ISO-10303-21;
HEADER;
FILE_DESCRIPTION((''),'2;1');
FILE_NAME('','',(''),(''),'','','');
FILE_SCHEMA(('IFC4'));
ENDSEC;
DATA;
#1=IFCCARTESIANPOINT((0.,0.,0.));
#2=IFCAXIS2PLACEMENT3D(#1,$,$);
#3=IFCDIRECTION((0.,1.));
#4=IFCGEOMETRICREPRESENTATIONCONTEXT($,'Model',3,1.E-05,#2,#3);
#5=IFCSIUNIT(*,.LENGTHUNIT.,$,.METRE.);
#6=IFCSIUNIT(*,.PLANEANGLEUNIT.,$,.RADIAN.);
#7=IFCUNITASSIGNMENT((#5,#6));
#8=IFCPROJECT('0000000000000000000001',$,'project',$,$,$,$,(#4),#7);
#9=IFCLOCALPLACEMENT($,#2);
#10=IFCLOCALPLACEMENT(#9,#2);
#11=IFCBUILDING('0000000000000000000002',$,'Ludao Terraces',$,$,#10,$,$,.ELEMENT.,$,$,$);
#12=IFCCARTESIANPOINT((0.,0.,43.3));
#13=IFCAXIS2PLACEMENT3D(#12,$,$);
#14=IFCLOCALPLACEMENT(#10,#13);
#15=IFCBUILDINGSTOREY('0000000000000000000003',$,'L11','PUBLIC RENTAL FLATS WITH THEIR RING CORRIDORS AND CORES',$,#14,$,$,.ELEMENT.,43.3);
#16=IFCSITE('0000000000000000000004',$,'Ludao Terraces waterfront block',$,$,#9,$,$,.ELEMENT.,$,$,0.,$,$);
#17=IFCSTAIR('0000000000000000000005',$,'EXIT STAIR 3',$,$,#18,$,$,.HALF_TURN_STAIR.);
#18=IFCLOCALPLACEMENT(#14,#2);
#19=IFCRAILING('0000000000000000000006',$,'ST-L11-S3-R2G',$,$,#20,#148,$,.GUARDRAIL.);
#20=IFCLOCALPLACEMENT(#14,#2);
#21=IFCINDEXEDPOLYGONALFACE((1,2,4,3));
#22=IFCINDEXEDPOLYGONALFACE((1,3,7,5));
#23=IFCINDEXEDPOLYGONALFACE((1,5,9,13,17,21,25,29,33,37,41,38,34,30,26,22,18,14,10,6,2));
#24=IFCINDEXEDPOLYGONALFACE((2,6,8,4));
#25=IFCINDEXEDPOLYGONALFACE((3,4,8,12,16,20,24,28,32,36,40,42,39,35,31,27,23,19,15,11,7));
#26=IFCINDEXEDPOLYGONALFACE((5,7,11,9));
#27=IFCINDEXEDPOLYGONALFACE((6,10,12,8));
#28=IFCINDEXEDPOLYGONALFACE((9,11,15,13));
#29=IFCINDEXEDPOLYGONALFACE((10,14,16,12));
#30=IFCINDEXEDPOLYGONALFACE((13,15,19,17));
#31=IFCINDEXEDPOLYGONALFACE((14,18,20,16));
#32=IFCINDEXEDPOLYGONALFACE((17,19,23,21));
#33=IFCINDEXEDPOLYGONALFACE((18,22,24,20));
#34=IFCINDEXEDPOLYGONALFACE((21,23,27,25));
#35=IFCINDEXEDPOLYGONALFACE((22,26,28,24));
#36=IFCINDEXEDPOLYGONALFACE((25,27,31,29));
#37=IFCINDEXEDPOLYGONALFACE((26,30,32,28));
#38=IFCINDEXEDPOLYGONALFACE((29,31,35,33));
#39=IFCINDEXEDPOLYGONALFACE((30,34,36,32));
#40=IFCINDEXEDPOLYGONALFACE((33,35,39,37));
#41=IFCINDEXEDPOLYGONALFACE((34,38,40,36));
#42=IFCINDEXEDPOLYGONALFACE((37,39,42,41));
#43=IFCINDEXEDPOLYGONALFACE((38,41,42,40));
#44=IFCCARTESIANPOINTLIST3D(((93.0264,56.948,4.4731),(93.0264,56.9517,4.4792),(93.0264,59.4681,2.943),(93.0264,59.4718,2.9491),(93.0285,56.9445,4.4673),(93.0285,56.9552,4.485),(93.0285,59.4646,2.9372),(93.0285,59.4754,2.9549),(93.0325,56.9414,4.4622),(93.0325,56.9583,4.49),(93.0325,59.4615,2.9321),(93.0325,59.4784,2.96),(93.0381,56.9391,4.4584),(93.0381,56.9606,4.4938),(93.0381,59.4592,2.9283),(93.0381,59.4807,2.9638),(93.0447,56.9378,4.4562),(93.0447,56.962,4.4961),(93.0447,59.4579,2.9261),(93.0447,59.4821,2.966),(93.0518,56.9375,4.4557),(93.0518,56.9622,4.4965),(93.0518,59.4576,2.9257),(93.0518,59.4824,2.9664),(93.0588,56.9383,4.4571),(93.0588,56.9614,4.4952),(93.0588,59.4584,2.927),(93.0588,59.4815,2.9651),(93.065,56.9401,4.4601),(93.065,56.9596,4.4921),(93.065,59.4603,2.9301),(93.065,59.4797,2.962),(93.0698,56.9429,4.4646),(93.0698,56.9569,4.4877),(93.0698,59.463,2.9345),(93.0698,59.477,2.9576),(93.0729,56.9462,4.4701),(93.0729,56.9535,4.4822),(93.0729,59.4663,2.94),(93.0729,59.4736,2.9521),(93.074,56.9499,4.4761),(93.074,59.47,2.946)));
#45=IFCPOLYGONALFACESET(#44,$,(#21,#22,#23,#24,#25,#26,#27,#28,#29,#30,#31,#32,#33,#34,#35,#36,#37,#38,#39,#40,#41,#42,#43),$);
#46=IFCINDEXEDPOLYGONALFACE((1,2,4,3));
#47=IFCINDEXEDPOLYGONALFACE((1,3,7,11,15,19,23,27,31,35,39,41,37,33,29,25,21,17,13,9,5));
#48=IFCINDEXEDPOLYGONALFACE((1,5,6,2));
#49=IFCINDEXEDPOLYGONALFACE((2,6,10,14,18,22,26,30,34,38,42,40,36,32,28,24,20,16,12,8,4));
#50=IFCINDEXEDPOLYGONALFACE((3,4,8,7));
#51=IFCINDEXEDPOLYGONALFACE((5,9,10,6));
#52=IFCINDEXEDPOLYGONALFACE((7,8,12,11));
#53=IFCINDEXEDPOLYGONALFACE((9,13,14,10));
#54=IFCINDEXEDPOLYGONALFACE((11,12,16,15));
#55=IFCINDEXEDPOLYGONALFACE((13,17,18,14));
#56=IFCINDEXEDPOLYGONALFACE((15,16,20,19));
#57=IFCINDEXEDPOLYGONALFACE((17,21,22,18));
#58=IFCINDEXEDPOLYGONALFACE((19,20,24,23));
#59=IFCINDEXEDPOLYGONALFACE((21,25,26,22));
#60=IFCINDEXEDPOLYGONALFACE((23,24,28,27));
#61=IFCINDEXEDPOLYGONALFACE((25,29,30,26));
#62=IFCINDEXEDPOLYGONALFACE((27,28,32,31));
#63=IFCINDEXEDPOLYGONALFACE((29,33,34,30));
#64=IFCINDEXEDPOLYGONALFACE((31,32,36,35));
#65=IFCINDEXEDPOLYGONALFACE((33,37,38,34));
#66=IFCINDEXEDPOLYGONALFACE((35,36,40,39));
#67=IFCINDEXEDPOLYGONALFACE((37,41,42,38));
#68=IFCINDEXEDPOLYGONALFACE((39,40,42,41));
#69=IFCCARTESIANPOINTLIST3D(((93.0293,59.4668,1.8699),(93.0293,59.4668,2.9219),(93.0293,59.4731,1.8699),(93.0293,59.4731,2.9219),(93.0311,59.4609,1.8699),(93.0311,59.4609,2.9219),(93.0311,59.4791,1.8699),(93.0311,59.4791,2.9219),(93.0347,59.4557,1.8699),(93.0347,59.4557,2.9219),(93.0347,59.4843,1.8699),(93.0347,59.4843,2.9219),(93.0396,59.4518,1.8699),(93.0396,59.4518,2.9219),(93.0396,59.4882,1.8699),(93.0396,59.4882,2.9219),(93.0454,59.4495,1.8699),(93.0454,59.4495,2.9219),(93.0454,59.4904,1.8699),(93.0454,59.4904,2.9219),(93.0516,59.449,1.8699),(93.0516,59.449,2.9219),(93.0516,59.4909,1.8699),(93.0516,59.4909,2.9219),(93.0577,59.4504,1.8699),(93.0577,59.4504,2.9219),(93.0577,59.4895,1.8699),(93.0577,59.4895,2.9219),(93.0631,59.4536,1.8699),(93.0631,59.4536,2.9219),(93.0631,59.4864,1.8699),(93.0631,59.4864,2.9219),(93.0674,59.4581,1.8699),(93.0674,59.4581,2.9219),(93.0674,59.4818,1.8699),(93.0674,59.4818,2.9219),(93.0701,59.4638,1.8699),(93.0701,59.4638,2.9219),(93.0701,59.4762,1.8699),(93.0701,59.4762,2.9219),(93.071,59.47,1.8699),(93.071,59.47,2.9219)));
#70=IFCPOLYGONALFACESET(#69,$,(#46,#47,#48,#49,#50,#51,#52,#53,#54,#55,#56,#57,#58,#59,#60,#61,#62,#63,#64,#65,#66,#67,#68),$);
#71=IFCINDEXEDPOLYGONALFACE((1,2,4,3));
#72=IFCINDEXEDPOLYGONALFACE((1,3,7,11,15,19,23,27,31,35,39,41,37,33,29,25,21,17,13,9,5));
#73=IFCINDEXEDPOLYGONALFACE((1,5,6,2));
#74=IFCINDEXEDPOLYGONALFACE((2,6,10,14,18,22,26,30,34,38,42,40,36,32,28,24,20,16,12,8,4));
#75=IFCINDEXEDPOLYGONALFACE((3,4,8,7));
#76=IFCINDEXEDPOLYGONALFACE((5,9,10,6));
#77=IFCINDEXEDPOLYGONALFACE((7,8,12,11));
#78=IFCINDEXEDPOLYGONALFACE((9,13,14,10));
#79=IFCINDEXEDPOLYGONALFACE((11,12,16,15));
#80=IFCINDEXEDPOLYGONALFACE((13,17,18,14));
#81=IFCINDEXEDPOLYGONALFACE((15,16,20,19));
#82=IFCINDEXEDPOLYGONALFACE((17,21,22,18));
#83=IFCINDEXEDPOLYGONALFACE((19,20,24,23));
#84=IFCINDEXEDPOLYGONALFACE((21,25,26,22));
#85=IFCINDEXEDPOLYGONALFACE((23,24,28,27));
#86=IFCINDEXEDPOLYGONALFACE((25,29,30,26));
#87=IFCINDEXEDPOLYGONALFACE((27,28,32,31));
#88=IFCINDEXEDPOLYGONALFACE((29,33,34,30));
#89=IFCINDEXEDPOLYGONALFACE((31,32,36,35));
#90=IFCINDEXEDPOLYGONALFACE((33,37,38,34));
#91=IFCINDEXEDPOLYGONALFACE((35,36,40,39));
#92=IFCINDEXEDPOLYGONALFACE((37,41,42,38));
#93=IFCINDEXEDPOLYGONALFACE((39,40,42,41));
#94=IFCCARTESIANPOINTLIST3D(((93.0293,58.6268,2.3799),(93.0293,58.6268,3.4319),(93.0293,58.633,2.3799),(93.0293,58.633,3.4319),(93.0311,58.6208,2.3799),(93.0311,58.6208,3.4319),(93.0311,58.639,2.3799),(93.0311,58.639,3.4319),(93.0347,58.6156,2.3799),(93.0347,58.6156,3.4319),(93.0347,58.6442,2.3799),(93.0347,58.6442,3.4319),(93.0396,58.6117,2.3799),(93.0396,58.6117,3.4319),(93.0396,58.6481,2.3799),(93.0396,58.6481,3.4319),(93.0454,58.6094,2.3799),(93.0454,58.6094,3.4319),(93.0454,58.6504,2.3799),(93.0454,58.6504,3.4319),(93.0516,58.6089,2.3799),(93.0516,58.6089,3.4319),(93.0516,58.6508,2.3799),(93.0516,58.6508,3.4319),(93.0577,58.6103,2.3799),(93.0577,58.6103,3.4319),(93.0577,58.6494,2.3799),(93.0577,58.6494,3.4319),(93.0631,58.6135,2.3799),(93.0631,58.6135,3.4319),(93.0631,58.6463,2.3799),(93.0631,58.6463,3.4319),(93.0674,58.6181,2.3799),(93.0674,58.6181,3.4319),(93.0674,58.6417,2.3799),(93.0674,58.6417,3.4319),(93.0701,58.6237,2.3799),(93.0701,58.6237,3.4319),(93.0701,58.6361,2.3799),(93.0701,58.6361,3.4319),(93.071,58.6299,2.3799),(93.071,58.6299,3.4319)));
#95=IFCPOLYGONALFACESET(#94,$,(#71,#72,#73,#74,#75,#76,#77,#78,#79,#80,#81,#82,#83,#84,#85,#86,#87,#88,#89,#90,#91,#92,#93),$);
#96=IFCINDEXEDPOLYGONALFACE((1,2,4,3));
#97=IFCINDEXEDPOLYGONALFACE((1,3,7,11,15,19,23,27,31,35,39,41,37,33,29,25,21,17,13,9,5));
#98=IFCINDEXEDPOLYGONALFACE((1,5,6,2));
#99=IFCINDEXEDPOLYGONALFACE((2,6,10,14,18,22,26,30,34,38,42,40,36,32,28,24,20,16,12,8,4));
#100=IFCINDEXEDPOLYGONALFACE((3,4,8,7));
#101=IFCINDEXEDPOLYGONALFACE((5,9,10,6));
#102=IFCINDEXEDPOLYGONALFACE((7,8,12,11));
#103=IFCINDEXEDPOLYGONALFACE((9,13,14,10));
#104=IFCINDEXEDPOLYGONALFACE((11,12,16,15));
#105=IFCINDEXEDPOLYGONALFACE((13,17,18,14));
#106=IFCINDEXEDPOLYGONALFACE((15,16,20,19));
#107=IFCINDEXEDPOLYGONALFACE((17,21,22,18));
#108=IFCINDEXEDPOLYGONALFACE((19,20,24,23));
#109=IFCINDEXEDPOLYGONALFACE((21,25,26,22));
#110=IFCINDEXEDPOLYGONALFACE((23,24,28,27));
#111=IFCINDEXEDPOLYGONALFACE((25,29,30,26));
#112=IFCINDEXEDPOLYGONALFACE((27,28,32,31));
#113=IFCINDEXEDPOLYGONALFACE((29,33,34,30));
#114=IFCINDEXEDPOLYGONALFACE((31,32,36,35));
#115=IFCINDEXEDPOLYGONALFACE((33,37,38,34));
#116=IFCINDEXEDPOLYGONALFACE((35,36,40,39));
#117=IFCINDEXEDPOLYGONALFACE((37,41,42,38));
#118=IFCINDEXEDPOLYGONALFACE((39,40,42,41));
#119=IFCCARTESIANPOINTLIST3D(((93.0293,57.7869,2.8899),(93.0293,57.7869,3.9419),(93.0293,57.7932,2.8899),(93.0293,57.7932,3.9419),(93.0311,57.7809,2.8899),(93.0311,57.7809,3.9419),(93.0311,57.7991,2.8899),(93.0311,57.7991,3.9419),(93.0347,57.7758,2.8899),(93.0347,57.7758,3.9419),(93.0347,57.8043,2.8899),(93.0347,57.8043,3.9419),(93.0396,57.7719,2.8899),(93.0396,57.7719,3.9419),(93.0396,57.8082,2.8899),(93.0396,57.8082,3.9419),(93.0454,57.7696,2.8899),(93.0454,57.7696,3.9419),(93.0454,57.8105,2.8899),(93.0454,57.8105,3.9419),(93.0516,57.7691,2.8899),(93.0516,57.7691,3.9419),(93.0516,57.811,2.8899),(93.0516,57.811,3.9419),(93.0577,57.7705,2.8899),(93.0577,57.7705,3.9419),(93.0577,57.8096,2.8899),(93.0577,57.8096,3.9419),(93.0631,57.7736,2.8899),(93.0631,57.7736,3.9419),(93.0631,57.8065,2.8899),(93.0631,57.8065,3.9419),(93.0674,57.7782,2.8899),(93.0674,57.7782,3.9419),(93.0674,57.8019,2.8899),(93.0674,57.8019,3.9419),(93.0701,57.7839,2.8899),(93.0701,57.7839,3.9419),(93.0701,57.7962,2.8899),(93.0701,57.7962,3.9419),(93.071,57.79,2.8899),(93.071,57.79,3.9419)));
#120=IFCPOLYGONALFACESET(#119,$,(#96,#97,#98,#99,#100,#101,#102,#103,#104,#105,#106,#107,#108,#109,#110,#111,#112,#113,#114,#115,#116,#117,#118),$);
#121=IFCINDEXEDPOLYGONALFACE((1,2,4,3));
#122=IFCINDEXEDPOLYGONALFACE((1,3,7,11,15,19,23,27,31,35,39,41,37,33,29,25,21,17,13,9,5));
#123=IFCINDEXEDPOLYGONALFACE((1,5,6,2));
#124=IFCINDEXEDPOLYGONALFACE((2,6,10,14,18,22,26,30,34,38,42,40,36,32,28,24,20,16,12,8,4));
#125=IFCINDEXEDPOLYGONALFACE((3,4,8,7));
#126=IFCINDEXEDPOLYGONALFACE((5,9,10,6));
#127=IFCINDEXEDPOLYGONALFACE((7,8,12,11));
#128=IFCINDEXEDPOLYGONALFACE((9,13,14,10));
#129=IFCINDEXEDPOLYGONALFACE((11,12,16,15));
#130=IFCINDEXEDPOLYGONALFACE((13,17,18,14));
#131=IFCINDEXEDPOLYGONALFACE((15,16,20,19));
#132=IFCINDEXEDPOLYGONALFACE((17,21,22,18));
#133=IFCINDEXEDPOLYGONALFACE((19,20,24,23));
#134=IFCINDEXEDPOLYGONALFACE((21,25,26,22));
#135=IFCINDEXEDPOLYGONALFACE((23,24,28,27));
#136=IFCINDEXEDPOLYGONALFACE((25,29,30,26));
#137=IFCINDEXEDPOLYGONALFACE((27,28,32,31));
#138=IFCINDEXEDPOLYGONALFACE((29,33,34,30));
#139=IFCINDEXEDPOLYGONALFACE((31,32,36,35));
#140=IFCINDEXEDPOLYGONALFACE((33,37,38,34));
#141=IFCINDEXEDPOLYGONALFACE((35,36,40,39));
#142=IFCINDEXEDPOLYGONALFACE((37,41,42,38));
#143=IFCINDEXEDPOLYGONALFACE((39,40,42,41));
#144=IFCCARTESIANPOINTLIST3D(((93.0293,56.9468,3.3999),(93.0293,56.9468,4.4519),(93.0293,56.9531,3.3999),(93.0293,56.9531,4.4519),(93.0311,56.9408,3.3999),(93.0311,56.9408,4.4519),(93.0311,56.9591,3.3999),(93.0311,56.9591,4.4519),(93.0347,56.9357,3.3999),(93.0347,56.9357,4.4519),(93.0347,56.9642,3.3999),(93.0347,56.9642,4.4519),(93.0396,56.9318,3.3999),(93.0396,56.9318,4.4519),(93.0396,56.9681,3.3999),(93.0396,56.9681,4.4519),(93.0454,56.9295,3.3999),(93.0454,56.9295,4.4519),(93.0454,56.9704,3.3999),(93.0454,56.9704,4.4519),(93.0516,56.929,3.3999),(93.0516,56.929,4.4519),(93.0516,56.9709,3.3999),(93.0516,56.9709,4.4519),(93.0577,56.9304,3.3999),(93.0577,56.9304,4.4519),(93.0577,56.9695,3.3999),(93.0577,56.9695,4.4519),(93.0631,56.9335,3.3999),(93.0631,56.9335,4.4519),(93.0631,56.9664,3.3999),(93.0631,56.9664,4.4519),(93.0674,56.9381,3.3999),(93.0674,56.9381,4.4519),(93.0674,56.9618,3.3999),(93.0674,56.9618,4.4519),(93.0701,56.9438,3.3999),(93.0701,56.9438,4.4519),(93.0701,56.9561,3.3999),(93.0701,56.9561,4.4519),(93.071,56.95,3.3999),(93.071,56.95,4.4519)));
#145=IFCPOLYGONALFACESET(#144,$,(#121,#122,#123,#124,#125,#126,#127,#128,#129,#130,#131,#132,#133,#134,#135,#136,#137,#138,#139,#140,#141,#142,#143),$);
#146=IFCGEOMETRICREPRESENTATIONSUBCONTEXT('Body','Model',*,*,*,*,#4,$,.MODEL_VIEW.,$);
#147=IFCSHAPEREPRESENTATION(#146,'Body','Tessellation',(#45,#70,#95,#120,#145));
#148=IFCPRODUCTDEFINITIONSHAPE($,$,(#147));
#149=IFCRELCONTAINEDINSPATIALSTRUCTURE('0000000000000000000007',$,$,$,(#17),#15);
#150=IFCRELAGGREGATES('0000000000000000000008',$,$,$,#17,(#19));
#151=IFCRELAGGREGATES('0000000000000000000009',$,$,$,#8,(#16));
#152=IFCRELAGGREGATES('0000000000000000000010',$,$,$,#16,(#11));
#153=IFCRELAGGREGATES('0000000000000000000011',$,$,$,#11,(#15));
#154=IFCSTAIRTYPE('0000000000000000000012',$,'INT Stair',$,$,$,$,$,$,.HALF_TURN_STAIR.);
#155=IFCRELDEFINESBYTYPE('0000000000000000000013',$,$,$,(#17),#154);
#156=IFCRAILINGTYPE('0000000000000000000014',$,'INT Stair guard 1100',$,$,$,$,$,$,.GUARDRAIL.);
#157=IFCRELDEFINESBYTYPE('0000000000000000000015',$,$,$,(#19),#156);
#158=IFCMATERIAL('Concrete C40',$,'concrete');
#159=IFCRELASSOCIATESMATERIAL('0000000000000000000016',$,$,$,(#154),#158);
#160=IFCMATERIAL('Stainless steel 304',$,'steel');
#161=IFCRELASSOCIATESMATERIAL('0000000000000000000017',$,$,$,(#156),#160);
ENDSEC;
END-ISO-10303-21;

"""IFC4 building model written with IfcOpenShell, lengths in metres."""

from ifc_helpers import new_model, si_unit, direction, frame, origin, origin_2d, place, context, subcontext, project, spatial, circle, extrude, material, type_object, element, aggregate, save


model = new_model("IFC4")

# Units and contexts
model_context = context("Model", 3, precision=1e-05, world=origin(), true_north=direction((0.0, 1.0)))
body_context = subcontext(model_context, "Body", "Model", "MODEL_VIEW")
ifc_project = project(units=[si_unit("LENGTHUNIT", "METRE"), si_unit("PLANEANGLEUNIT", "RADIAN")], contexts=[model_context])

# Site, building, storey
site_placement = place(None, origin())
site = spatial("IfcSite", under=ifc_project, at=site_placement, Name="Ludao Terraces waterfront block", CompositionType="ELEMENT", RefElevation=0.0)
building_placement = place(site_placement, origin())
building = spatial("IfcBuilding", under=site, at=building_placement, Name="Ludao Terraces", CompositionType="ELEMENT")
storey_placement = place(building_placement, frame((0.0, 0.0, 43.3)))
storey = spatial("IfcBuildingStorey", under=building, at=storey_placement, Name="L11", Description="PUBLIC RENTAL FLATS WITH THEIR RING CORRIDORS AND CORES", CompositionType="ELEMENT", Elevation=43.3)

# Stair, railing
ifc_material_1 = material(Name="Concrete C40", Category="concrete")
stair_type = type_object("IfcStairType", Name="INT Stair", PredefinedType="HALF_TURN_STAIR", material=ifc_material_1)
stair_placement = place(storey_placement, origin())
stair = element("IfcStair", 1, at=stair_placement, inside=storey, type_object=stair_type, Name="EXIT STAIR 3", PredefinedType="HALF_TURN_STAIR")
ifc_material_2 = material(Name="Stainless steel 304", Category="steel")
railing_type_1 = type_object("IfcRailingType", Name="INT Stair guard 1100", PredefinedType="GUARDRAIL", material=ifc_material_2)
railing_1_placement = place(storey_placement, frame((93.05, 59.47, 1.8699)))
railing_1 = element("IfcRailing", 2, at=railing_1_placement, type_object=railing_type_1, Name="ST-L11-S3-R2G", PredefinedType="GUARDRAIL", context=body_context, shape_type="SweptSolid", body=[
    extrude(circle(Radius=0.0239, at=origin_2d()), frame((0.0, 0.0, 1.0762), z_axis=(0.0, -0.854785, 0.518982), x_axis=(1.0, 0.0, 0.0)), (0.0, 0.0, 1.0), 2.9482),
    extrude(circle(Radius=0.021, at=origin_2d()), origin(), (0.0, 0.0, 1.0), 1.052),
    extrude(circle(Radius=0.021, at=origin_2d()), frame((0.0, -0.8401, 0.51)), (0.0, 0.0, 1.0), 1.052),
    extrude(circle(Radius=0.021, at=origin_2d()), frame((0.0, -1.6799, 1.02)), (0.0, 0.0, 1.0), 1.052),
    extrude(circle(Radius=0.021, at=origin_2d()), frame((0.0, -2.52, 1.53)), (0.0, 0.0, 1.0), 1.052),
])
aggregate(stair, [railing_1])

save(model, "model.ifc")
